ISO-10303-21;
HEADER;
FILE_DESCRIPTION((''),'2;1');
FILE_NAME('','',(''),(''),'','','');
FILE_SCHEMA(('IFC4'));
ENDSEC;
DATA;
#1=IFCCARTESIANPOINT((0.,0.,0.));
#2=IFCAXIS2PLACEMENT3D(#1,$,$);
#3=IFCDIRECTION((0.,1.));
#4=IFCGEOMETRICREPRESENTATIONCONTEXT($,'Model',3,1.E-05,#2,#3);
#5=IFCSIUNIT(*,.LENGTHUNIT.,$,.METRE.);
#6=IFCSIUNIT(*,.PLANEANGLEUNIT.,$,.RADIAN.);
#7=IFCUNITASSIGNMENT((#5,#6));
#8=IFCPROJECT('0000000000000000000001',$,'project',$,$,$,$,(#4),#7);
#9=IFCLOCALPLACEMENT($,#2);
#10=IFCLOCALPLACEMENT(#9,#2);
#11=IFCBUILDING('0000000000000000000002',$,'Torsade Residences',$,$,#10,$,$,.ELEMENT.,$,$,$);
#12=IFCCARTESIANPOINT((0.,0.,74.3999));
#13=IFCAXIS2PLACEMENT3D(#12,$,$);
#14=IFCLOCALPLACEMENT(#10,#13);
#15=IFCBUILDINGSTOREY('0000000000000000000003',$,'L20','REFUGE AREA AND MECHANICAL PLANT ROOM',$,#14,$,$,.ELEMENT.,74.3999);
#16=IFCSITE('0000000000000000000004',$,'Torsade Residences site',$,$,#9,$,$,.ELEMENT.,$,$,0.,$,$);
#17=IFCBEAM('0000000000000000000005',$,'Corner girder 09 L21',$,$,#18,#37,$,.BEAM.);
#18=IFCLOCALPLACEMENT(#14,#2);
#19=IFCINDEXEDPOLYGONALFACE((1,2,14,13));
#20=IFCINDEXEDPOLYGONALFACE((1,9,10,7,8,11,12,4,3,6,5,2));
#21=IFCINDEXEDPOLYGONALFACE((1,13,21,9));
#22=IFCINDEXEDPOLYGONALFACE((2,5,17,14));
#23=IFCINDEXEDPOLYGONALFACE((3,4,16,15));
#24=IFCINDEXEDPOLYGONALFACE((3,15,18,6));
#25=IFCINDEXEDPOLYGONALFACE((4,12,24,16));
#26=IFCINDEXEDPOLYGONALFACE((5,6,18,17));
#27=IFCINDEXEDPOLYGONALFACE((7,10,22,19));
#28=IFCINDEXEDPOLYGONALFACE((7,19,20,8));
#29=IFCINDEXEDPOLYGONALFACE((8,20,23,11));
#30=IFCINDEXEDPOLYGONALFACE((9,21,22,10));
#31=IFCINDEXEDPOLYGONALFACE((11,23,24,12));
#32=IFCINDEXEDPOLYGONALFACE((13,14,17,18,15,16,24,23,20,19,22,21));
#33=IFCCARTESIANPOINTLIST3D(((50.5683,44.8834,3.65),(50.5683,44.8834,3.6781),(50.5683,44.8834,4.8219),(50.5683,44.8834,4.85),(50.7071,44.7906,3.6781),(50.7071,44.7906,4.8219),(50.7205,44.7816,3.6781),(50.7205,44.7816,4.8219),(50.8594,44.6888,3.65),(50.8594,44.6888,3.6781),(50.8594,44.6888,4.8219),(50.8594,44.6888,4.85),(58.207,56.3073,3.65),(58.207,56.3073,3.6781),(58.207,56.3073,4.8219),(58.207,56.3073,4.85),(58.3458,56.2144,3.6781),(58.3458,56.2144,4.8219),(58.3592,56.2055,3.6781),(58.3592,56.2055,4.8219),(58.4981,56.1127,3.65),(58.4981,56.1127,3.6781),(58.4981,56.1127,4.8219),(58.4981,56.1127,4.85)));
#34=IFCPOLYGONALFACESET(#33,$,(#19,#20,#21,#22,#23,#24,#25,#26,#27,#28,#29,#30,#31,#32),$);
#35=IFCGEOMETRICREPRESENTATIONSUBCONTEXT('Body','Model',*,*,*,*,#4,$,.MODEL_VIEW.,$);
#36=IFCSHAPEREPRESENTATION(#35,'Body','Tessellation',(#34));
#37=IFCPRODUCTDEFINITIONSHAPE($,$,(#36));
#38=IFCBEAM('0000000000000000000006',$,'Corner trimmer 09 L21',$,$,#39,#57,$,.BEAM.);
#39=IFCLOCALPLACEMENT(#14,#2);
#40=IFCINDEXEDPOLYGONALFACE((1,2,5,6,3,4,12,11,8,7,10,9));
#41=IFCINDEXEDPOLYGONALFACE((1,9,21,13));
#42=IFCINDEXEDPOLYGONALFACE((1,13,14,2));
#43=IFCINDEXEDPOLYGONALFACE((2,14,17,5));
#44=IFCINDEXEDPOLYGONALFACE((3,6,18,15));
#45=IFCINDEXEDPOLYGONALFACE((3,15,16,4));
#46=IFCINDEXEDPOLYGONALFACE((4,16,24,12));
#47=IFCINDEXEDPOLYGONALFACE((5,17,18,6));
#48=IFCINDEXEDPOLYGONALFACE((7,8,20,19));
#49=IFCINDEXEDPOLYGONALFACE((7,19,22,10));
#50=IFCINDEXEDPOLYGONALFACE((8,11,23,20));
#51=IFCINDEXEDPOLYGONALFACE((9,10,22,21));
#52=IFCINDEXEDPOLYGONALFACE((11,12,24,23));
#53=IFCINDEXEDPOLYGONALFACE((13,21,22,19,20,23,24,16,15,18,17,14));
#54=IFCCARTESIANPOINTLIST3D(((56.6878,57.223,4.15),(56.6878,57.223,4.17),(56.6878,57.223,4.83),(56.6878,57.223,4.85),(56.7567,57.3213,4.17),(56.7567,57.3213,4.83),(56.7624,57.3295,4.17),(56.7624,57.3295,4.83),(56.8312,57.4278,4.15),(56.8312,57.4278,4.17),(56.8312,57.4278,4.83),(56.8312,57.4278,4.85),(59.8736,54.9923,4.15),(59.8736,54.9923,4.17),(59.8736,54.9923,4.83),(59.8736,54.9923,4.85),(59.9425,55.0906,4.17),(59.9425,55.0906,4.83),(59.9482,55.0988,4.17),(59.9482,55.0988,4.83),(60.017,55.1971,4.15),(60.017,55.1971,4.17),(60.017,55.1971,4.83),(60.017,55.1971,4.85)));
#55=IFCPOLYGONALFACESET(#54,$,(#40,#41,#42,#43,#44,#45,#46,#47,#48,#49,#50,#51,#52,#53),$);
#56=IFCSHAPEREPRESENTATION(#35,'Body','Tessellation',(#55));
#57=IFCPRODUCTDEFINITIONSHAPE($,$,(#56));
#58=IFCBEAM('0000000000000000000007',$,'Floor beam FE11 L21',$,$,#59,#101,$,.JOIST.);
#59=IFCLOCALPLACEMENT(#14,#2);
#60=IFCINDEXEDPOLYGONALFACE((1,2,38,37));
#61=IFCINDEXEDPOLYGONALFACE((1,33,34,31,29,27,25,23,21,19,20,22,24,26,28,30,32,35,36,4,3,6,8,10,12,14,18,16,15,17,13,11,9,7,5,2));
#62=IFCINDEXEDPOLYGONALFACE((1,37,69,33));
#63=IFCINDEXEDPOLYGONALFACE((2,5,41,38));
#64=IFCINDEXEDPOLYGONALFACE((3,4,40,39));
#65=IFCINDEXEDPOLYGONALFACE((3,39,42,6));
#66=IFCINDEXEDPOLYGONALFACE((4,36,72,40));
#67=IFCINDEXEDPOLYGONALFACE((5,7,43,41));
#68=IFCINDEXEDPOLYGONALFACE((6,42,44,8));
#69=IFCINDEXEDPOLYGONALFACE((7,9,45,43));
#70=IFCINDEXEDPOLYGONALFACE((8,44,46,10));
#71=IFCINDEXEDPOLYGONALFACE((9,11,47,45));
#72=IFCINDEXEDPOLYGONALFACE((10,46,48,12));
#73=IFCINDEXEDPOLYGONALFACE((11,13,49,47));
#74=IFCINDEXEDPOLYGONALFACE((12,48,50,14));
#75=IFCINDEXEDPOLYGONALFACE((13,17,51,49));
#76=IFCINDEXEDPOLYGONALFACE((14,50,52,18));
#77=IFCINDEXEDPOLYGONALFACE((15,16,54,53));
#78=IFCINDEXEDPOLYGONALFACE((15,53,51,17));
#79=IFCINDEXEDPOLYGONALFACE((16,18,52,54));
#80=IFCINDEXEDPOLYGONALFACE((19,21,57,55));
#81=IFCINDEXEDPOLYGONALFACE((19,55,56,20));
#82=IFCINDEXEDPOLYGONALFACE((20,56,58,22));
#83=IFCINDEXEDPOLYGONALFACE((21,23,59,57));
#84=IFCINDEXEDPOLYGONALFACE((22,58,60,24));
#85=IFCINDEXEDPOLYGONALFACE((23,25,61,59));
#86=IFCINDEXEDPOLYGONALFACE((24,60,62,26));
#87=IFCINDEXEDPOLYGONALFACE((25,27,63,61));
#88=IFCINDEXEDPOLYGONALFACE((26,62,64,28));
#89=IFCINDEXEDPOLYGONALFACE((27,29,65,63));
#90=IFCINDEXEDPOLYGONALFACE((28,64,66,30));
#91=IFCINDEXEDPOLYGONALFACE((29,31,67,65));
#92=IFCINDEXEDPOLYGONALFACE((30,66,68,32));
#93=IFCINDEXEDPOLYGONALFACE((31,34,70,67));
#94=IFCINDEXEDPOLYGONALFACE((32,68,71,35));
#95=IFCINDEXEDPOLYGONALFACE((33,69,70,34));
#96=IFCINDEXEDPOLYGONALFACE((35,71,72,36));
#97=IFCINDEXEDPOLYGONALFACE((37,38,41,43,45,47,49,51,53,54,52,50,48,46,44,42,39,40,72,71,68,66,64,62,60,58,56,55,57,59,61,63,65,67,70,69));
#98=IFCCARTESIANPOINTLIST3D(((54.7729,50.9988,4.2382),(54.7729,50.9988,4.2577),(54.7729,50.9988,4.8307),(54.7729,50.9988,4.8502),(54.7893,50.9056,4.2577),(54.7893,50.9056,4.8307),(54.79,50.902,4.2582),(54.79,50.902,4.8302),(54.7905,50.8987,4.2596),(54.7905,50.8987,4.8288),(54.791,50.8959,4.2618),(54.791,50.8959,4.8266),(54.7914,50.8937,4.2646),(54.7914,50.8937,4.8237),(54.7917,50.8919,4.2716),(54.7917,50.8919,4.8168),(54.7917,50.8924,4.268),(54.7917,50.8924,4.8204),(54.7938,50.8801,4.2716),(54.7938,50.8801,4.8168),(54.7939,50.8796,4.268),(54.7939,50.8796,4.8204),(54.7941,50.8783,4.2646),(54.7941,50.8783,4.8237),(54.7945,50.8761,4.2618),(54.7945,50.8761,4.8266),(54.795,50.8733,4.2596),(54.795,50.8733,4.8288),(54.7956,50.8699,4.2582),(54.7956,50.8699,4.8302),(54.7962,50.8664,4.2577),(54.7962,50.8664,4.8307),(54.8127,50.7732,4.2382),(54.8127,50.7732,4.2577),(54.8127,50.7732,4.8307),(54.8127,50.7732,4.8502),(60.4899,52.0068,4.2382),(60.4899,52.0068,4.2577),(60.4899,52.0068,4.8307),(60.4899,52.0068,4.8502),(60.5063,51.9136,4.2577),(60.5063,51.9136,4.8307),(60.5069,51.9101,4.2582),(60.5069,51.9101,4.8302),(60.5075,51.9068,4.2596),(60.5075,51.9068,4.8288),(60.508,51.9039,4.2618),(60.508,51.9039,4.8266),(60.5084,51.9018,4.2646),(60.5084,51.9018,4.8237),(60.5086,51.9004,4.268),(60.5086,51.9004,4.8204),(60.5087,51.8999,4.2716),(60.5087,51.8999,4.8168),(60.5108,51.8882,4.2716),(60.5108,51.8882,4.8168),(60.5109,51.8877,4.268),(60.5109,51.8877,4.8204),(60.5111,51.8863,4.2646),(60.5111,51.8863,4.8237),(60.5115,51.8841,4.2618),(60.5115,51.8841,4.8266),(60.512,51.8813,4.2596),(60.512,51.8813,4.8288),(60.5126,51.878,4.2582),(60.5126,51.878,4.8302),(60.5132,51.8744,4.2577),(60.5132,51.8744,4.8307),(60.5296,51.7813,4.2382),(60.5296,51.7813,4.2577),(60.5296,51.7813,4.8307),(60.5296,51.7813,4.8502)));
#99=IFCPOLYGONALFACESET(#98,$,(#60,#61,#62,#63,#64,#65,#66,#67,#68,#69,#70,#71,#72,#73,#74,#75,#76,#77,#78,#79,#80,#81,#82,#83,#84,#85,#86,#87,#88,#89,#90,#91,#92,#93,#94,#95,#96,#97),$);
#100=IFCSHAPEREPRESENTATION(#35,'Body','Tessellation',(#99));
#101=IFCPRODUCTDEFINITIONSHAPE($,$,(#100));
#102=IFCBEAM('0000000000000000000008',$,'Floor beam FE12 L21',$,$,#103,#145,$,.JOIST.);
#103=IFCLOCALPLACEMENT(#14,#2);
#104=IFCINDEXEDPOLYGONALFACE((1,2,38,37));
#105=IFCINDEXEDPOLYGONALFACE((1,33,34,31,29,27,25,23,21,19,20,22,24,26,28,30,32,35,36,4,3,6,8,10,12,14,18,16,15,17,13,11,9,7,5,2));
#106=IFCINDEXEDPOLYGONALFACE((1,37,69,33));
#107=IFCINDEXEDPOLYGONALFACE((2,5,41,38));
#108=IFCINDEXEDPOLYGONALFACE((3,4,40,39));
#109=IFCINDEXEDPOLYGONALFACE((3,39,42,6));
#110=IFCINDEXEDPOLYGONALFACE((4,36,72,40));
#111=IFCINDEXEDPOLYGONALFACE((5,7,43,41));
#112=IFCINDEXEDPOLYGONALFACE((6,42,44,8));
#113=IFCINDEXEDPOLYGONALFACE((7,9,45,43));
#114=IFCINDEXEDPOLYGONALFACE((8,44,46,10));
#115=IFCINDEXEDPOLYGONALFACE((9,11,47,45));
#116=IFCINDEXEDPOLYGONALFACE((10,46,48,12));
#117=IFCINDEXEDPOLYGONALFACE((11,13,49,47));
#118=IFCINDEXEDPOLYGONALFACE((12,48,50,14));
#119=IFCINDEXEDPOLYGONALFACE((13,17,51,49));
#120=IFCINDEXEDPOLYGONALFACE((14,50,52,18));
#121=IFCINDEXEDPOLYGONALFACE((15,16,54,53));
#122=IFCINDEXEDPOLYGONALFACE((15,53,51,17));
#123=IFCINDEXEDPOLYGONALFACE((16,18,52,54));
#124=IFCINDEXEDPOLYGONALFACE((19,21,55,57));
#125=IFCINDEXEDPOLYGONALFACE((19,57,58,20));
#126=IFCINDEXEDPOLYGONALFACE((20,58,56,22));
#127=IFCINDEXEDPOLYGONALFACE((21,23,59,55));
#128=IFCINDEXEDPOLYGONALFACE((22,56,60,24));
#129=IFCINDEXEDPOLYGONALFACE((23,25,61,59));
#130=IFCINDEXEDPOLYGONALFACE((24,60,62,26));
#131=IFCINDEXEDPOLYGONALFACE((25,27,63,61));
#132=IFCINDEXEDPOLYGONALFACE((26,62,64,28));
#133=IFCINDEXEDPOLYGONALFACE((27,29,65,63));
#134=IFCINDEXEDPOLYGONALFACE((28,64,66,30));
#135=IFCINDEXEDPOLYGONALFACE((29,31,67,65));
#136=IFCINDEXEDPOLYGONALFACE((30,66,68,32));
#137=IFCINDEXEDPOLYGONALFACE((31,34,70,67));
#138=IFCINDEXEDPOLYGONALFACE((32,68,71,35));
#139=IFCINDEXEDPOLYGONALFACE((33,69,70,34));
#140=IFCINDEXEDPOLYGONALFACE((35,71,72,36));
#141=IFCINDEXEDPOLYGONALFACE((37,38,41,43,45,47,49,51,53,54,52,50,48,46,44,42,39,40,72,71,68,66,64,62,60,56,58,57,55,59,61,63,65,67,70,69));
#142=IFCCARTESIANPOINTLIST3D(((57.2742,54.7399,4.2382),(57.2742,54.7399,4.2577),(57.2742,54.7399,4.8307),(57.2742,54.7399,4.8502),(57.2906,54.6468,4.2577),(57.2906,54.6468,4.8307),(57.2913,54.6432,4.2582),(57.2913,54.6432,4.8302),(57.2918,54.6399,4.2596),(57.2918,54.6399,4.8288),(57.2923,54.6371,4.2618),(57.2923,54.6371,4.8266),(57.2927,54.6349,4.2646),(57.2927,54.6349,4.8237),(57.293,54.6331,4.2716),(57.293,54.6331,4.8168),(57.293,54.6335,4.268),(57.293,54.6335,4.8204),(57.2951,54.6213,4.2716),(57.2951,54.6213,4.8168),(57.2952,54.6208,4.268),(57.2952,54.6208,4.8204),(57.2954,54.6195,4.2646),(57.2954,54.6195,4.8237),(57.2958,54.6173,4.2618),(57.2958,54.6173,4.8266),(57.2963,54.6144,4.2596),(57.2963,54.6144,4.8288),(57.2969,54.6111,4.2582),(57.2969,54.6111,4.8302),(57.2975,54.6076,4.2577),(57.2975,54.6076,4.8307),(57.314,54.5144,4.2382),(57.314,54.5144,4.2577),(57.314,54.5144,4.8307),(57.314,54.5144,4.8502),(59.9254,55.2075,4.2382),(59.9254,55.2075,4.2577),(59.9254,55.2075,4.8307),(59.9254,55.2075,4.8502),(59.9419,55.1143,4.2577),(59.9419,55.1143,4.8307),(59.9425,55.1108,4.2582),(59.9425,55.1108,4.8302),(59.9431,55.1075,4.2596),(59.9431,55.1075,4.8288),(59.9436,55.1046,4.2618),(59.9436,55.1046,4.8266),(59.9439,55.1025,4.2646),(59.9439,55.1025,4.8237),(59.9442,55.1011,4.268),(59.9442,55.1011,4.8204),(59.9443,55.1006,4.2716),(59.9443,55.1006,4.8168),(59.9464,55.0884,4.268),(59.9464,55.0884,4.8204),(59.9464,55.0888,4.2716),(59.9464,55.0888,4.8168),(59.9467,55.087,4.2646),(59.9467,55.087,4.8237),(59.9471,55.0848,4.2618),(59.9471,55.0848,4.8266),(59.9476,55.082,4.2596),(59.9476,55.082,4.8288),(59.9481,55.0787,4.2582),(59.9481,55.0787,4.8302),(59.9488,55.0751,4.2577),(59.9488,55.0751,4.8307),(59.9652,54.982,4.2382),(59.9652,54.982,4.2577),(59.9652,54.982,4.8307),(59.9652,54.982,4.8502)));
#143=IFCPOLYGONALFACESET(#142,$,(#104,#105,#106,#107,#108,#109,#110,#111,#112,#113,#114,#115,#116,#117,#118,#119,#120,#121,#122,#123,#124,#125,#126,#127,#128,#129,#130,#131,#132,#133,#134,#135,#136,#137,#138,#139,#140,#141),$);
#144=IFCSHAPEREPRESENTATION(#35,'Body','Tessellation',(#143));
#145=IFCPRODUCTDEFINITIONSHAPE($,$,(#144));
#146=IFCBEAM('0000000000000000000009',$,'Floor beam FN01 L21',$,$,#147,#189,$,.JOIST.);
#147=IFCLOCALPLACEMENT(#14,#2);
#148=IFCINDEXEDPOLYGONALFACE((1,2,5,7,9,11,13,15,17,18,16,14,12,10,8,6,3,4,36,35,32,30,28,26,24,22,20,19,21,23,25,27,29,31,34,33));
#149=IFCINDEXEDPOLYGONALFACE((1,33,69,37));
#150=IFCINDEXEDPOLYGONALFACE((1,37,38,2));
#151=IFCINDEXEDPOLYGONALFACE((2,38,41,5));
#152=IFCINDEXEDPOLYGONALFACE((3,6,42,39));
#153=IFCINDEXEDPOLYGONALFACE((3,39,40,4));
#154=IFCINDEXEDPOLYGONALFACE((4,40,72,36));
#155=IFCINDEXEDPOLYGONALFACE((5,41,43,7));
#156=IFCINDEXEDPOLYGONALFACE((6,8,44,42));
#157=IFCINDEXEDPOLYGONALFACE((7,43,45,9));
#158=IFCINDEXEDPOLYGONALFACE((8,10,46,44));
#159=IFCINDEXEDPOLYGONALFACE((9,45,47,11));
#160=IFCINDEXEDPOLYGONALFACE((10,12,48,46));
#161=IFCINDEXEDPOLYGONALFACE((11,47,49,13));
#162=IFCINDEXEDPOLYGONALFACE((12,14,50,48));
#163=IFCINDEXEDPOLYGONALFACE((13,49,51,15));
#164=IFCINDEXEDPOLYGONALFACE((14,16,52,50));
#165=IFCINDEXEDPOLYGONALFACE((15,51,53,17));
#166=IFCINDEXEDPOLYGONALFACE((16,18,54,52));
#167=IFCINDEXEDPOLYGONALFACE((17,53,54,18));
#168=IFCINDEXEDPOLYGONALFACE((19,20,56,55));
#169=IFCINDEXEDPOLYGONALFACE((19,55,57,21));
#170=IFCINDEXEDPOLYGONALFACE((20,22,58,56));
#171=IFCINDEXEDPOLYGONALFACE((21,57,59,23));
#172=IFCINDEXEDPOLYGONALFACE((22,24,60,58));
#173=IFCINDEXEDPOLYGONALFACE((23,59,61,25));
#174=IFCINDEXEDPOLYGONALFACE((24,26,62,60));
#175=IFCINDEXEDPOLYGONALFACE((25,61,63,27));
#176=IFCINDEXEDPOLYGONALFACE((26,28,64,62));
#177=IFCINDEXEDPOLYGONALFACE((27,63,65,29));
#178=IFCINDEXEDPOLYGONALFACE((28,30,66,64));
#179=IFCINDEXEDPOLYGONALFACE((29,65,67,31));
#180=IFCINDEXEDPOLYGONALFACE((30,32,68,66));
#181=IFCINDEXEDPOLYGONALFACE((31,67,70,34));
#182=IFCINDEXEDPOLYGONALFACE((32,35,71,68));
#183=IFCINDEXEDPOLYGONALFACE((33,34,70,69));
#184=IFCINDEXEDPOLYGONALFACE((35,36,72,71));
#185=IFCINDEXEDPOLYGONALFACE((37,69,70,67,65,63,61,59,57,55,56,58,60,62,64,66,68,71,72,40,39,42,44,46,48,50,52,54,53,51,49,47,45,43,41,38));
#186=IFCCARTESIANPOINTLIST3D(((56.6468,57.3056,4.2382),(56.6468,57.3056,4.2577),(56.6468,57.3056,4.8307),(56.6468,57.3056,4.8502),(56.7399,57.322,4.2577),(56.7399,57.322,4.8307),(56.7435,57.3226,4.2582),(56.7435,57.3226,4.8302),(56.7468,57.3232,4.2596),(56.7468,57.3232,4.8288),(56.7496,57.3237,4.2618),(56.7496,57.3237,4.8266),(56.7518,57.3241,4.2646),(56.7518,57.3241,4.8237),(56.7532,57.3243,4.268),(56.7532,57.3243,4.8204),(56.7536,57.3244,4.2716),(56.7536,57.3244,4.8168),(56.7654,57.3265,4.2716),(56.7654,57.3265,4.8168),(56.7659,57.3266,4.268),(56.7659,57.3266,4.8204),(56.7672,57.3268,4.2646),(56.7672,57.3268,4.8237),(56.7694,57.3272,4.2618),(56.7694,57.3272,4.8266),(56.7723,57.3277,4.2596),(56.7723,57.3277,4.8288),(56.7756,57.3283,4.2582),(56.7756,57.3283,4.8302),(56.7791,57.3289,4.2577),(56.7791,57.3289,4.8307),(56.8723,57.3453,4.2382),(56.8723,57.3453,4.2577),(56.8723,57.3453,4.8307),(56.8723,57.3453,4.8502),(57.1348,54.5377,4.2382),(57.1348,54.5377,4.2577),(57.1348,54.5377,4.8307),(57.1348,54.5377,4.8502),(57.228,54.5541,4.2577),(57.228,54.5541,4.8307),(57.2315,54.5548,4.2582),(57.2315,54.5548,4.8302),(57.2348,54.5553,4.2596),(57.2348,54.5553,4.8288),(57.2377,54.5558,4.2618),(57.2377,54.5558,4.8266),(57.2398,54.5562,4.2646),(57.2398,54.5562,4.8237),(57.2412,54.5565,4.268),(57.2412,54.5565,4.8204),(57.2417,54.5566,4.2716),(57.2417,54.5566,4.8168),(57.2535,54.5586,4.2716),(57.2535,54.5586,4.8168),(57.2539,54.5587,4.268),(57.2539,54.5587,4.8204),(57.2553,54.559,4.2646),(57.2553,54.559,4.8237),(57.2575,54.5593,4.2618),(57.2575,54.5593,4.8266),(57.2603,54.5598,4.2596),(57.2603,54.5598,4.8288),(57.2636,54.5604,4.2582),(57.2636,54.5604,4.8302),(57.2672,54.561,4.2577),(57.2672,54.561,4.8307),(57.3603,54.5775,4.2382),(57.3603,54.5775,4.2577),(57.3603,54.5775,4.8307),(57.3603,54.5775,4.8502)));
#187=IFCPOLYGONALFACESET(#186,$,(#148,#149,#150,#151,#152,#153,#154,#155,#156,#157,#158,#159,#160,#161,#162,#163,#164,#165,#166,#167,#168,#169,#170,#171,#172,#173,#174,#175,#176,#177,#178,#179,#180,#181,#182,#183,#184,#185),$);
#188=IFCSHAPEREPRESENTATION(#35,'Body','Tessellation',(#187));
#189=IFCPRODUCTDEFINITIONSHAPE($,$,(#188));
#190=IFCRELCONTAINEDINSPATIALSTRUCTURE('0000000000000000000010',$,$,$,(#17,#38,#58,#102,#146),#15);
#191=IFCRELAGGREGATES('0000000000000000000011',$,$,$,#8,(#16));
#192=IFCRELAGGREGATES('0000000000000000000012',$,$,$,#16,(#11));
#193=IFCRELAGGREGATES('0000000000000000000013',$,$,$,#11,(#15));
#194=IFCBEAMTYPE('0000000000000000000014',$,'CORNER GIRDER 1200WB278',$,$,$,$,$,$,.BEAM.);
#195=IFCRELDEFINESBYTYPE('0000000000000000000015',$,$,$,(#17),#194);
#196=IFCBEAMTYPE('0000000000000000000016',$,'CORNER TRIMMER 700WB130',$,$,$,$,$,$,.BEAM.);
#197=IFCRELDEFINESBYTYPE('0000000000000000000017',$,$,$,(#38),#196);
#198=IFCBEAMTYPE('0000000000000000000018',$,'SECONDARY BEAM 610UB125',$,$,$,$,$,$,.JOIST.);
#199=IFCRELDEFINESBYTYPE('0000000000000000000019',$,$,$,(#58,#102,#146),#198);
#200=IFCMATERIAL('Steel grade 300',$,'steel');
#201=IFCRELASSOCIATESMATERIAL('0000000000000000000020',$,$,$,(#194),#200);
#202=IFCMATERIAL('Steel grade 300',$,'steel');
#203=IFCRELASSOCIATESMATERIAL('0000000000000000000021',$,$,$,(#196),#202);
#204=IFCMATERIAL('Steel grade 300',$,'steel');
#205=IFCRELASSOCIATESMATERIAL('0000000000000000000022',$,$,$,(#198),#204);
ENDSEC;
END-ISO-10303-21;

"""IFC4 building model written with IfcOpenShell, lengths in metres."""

from ifc_helpers import new_model, si_unit, direction, frame, origin, origin_2d, place, context, subcontext, project, spatial, i_section, extrude, material, material_profile, profile_set, type_object, element, save


model = new_model("IFC4")

# Units and contexts
model_context = context("Model", 3, precision=1e-05, world=origin(), true_north=direction((0.0, 1.0)))
body_context = subcontext(model_context, "Body", "Model", "MODEL_VIEW")
ifc_project = project(units=[si_unit("LENGTHUNIT", "METRE"), si_unit("PLANEANGLEUNIT", "RADIAN")], contexts=[model_context])

# Site, building, storey
site_placement = place(None, origin())
site = spatial("IfcSite", under=ifc_project, at=site_placement, Name="Torsade Residences site", CompositionType="ELEMENT", RefElevation=0.0)
building_placement = place(site_placement, origin())
building = spatial("IfcBuilding", under=site, at=building_placement, Name="Torsade Residences", CompositionType="ELEMENT")
storey_placement = place(building_placement, frame((0.0, 0.0, 74.3999)))
storey = spatial("IfcBuildingStorey", under=building, at=storey_placement, Name="L20", Description="REFUGE AREA AND MECHANICAL PLANT ROOM", CompositionType="ELEMENT", Elevation=74.3999)

# Beams
ifc_material_1 = material(Name="Steel grade 300", Category="steel")
ifc_material_profile_1 = material_profile(ifc_material_1, i_section(OverallWidth=0.3501, OverallDepth=1.2, WebThickness=0.0161, FlangeThickness=0.0281, at=origin_2d()), Name="1200WB278")
ifc_profile_set_1 = profile_set([ifc_material_profile_1], Name="Steel grade 300")
beam_type_1 = type_object("IfcBeamType", Name="CORNER GIRDER 1200WB278", PredefinedType="BEAM", material=ifc_profile_set_1)
beam_1_placement = place(storey_placement, frame((58.3525, 56.21, 4.25), z_axis=(-0.555848, -0.831284, 0.0), x_axis=(0.831284, -0.555848, 0.0)))
element("IfcBeam", 1, at=beam_1_placement, inside=storey, type_object=beam_type_1, Name="Corner girder 09 L21", PredefinedType="BEAM", context=body_context, shape_type="SweptSolid", body=[
    extrude(i_section(OverallWidth=0.3501, OverallDepth=1.2, WebThickness=0.0161, FlangeThickness=0.0281, at=origin_2d()), origin(), (0.0, 0.0, 1.0), 13.7424),
])
ifc_material_2 = material(Name="Steel grade 300", Category="steel")
ifc_material_profile_2 = material_profile(ifc_material_2, i_section(OverallWidth=0.25, OverallDepth=0.7, WebThickness=0.01, FlangeThickness=0.02, at=origin_2d()), Name="700WB130")
ifc_profile_set_2 = profile_set([ifc_material_profile_2], Name="Steel grade 300")
beam_type_2 = type_object("IfcBeamType", Name="CORNER TRIMMER 700WB130", PredefinedType="BEAM", material=ifc_profile_set_2)
beam_2_placement = place(storey_placement, frame((56.7595, 57.3254, 4.5), z_axis=(0.819152, -0.573576, 0.0), x_axis=(0.573576, 0.819152, 0.0)))
element("IfcBeam", 2, at=beam_2_placement, inside=storey, type_object=beam_type_2, Name="Corner trimmer 09 L21", PredefinedType="BEAM", context=body_context, shape_type="SweptSolid", body=[
    extrude(i_section(OverallWidth=0.25, OverallDepth=0.7, WebThickness=0.01, FlangeThickness=0.02, at=origin_2d()), origin(), (0.0, 0.0, 1.0), 3.8892),
])
ifc_material_3 = material(Name="Steel grade 300", Category="steel")
ifc_material_profile_3 = material_profile(ifc_material_3, i_section(OverallWidth=0.229, OverallDepth=0.6121, WebThickness=0.012, FlangeThickness=0.0195, FilletRadius=0.0139, at=origin_2d()), Name="610UB125")
ifc_profile_set_3 = profile_set([ifc_material_profile_3], Name="Steel grade 300")
beam_type_3 = type_object("IfcBeamType", Name="SECONDARY BEAM 610UB125", PredefinedType="JOIST", material=ifc_profile_set_3)
beam_3_placement = place(storey_placement, frame((60.5098, 51.894, 4.5442), z_axis=(-0.984808, -0.173646, 0.0), x_axis=(0.173646, -0.984808, 0.0)))
element("IfcBeam", 3, at=beam_3_placement, inside=storey, type_object=beam_type_3, Name="Floor beam FE11 L21", PredefinedType="JOIST", context=body_context, shape_type="SweptSolid", body=[
    extrude(i_section(OverallWidth=0.229, OverallDepth=0.6121, WebThickness=0.012, FlangeThickness=0.0195, FilletRadius=0.0139, at=origin_2d()), origin(), (0.0, 0.0, 1.0), 5.8052),
])
beam_4_placement = place(storey_placement, frame((59.9453, 55.0947, 4.5442), z_axis=(-0.984804, -0.173672, 0.0), x_axis=(0.173672, -0.984804, 0.0)))
element("IfcBeam", 4, at=beam_4_placement, inside=storey, type_object=beam_type_3, Name="Floor beam FE12 L21", PredefinedType="JOIST", context=body_context, shape_type="SweptSolid", body=[
    extrude(i_section(OverallWidth=0.229, OverallDepth=0.6121, WebThickness=0.012, FlangeThickness=0.0195, FilletRadius=0.0139, at=origin_2d()), origin(), (0.0, 0.0, 1.0), 2.6921),
])
beam_5_placement = place(storey_placement, frame((56.7595, 57.3254, 4.5442), z_axis=(0.173647, -0.984808, 0.0), x_axis=(0.984808, 0.173647, 0.0)))
element("IfcBeam", 5, at=beam_5_placement, inside=storey, type_object=beam_type_3, Name="Floor beam FN01 L21", PredefinedType="JOIST", context=body_context, shape_type="SweptSolid", body=[
    extrude(i_section(OverallWidth=0.229, OverallDepth=0.6121, WebThickness=0.012, FlangeThickness=0.0195, FilletRadius=0.0139, at=origin_2d()), origin(), (0.0, 0.0, 1.0), 2.8105),
])

save(model, "model.ifc")
